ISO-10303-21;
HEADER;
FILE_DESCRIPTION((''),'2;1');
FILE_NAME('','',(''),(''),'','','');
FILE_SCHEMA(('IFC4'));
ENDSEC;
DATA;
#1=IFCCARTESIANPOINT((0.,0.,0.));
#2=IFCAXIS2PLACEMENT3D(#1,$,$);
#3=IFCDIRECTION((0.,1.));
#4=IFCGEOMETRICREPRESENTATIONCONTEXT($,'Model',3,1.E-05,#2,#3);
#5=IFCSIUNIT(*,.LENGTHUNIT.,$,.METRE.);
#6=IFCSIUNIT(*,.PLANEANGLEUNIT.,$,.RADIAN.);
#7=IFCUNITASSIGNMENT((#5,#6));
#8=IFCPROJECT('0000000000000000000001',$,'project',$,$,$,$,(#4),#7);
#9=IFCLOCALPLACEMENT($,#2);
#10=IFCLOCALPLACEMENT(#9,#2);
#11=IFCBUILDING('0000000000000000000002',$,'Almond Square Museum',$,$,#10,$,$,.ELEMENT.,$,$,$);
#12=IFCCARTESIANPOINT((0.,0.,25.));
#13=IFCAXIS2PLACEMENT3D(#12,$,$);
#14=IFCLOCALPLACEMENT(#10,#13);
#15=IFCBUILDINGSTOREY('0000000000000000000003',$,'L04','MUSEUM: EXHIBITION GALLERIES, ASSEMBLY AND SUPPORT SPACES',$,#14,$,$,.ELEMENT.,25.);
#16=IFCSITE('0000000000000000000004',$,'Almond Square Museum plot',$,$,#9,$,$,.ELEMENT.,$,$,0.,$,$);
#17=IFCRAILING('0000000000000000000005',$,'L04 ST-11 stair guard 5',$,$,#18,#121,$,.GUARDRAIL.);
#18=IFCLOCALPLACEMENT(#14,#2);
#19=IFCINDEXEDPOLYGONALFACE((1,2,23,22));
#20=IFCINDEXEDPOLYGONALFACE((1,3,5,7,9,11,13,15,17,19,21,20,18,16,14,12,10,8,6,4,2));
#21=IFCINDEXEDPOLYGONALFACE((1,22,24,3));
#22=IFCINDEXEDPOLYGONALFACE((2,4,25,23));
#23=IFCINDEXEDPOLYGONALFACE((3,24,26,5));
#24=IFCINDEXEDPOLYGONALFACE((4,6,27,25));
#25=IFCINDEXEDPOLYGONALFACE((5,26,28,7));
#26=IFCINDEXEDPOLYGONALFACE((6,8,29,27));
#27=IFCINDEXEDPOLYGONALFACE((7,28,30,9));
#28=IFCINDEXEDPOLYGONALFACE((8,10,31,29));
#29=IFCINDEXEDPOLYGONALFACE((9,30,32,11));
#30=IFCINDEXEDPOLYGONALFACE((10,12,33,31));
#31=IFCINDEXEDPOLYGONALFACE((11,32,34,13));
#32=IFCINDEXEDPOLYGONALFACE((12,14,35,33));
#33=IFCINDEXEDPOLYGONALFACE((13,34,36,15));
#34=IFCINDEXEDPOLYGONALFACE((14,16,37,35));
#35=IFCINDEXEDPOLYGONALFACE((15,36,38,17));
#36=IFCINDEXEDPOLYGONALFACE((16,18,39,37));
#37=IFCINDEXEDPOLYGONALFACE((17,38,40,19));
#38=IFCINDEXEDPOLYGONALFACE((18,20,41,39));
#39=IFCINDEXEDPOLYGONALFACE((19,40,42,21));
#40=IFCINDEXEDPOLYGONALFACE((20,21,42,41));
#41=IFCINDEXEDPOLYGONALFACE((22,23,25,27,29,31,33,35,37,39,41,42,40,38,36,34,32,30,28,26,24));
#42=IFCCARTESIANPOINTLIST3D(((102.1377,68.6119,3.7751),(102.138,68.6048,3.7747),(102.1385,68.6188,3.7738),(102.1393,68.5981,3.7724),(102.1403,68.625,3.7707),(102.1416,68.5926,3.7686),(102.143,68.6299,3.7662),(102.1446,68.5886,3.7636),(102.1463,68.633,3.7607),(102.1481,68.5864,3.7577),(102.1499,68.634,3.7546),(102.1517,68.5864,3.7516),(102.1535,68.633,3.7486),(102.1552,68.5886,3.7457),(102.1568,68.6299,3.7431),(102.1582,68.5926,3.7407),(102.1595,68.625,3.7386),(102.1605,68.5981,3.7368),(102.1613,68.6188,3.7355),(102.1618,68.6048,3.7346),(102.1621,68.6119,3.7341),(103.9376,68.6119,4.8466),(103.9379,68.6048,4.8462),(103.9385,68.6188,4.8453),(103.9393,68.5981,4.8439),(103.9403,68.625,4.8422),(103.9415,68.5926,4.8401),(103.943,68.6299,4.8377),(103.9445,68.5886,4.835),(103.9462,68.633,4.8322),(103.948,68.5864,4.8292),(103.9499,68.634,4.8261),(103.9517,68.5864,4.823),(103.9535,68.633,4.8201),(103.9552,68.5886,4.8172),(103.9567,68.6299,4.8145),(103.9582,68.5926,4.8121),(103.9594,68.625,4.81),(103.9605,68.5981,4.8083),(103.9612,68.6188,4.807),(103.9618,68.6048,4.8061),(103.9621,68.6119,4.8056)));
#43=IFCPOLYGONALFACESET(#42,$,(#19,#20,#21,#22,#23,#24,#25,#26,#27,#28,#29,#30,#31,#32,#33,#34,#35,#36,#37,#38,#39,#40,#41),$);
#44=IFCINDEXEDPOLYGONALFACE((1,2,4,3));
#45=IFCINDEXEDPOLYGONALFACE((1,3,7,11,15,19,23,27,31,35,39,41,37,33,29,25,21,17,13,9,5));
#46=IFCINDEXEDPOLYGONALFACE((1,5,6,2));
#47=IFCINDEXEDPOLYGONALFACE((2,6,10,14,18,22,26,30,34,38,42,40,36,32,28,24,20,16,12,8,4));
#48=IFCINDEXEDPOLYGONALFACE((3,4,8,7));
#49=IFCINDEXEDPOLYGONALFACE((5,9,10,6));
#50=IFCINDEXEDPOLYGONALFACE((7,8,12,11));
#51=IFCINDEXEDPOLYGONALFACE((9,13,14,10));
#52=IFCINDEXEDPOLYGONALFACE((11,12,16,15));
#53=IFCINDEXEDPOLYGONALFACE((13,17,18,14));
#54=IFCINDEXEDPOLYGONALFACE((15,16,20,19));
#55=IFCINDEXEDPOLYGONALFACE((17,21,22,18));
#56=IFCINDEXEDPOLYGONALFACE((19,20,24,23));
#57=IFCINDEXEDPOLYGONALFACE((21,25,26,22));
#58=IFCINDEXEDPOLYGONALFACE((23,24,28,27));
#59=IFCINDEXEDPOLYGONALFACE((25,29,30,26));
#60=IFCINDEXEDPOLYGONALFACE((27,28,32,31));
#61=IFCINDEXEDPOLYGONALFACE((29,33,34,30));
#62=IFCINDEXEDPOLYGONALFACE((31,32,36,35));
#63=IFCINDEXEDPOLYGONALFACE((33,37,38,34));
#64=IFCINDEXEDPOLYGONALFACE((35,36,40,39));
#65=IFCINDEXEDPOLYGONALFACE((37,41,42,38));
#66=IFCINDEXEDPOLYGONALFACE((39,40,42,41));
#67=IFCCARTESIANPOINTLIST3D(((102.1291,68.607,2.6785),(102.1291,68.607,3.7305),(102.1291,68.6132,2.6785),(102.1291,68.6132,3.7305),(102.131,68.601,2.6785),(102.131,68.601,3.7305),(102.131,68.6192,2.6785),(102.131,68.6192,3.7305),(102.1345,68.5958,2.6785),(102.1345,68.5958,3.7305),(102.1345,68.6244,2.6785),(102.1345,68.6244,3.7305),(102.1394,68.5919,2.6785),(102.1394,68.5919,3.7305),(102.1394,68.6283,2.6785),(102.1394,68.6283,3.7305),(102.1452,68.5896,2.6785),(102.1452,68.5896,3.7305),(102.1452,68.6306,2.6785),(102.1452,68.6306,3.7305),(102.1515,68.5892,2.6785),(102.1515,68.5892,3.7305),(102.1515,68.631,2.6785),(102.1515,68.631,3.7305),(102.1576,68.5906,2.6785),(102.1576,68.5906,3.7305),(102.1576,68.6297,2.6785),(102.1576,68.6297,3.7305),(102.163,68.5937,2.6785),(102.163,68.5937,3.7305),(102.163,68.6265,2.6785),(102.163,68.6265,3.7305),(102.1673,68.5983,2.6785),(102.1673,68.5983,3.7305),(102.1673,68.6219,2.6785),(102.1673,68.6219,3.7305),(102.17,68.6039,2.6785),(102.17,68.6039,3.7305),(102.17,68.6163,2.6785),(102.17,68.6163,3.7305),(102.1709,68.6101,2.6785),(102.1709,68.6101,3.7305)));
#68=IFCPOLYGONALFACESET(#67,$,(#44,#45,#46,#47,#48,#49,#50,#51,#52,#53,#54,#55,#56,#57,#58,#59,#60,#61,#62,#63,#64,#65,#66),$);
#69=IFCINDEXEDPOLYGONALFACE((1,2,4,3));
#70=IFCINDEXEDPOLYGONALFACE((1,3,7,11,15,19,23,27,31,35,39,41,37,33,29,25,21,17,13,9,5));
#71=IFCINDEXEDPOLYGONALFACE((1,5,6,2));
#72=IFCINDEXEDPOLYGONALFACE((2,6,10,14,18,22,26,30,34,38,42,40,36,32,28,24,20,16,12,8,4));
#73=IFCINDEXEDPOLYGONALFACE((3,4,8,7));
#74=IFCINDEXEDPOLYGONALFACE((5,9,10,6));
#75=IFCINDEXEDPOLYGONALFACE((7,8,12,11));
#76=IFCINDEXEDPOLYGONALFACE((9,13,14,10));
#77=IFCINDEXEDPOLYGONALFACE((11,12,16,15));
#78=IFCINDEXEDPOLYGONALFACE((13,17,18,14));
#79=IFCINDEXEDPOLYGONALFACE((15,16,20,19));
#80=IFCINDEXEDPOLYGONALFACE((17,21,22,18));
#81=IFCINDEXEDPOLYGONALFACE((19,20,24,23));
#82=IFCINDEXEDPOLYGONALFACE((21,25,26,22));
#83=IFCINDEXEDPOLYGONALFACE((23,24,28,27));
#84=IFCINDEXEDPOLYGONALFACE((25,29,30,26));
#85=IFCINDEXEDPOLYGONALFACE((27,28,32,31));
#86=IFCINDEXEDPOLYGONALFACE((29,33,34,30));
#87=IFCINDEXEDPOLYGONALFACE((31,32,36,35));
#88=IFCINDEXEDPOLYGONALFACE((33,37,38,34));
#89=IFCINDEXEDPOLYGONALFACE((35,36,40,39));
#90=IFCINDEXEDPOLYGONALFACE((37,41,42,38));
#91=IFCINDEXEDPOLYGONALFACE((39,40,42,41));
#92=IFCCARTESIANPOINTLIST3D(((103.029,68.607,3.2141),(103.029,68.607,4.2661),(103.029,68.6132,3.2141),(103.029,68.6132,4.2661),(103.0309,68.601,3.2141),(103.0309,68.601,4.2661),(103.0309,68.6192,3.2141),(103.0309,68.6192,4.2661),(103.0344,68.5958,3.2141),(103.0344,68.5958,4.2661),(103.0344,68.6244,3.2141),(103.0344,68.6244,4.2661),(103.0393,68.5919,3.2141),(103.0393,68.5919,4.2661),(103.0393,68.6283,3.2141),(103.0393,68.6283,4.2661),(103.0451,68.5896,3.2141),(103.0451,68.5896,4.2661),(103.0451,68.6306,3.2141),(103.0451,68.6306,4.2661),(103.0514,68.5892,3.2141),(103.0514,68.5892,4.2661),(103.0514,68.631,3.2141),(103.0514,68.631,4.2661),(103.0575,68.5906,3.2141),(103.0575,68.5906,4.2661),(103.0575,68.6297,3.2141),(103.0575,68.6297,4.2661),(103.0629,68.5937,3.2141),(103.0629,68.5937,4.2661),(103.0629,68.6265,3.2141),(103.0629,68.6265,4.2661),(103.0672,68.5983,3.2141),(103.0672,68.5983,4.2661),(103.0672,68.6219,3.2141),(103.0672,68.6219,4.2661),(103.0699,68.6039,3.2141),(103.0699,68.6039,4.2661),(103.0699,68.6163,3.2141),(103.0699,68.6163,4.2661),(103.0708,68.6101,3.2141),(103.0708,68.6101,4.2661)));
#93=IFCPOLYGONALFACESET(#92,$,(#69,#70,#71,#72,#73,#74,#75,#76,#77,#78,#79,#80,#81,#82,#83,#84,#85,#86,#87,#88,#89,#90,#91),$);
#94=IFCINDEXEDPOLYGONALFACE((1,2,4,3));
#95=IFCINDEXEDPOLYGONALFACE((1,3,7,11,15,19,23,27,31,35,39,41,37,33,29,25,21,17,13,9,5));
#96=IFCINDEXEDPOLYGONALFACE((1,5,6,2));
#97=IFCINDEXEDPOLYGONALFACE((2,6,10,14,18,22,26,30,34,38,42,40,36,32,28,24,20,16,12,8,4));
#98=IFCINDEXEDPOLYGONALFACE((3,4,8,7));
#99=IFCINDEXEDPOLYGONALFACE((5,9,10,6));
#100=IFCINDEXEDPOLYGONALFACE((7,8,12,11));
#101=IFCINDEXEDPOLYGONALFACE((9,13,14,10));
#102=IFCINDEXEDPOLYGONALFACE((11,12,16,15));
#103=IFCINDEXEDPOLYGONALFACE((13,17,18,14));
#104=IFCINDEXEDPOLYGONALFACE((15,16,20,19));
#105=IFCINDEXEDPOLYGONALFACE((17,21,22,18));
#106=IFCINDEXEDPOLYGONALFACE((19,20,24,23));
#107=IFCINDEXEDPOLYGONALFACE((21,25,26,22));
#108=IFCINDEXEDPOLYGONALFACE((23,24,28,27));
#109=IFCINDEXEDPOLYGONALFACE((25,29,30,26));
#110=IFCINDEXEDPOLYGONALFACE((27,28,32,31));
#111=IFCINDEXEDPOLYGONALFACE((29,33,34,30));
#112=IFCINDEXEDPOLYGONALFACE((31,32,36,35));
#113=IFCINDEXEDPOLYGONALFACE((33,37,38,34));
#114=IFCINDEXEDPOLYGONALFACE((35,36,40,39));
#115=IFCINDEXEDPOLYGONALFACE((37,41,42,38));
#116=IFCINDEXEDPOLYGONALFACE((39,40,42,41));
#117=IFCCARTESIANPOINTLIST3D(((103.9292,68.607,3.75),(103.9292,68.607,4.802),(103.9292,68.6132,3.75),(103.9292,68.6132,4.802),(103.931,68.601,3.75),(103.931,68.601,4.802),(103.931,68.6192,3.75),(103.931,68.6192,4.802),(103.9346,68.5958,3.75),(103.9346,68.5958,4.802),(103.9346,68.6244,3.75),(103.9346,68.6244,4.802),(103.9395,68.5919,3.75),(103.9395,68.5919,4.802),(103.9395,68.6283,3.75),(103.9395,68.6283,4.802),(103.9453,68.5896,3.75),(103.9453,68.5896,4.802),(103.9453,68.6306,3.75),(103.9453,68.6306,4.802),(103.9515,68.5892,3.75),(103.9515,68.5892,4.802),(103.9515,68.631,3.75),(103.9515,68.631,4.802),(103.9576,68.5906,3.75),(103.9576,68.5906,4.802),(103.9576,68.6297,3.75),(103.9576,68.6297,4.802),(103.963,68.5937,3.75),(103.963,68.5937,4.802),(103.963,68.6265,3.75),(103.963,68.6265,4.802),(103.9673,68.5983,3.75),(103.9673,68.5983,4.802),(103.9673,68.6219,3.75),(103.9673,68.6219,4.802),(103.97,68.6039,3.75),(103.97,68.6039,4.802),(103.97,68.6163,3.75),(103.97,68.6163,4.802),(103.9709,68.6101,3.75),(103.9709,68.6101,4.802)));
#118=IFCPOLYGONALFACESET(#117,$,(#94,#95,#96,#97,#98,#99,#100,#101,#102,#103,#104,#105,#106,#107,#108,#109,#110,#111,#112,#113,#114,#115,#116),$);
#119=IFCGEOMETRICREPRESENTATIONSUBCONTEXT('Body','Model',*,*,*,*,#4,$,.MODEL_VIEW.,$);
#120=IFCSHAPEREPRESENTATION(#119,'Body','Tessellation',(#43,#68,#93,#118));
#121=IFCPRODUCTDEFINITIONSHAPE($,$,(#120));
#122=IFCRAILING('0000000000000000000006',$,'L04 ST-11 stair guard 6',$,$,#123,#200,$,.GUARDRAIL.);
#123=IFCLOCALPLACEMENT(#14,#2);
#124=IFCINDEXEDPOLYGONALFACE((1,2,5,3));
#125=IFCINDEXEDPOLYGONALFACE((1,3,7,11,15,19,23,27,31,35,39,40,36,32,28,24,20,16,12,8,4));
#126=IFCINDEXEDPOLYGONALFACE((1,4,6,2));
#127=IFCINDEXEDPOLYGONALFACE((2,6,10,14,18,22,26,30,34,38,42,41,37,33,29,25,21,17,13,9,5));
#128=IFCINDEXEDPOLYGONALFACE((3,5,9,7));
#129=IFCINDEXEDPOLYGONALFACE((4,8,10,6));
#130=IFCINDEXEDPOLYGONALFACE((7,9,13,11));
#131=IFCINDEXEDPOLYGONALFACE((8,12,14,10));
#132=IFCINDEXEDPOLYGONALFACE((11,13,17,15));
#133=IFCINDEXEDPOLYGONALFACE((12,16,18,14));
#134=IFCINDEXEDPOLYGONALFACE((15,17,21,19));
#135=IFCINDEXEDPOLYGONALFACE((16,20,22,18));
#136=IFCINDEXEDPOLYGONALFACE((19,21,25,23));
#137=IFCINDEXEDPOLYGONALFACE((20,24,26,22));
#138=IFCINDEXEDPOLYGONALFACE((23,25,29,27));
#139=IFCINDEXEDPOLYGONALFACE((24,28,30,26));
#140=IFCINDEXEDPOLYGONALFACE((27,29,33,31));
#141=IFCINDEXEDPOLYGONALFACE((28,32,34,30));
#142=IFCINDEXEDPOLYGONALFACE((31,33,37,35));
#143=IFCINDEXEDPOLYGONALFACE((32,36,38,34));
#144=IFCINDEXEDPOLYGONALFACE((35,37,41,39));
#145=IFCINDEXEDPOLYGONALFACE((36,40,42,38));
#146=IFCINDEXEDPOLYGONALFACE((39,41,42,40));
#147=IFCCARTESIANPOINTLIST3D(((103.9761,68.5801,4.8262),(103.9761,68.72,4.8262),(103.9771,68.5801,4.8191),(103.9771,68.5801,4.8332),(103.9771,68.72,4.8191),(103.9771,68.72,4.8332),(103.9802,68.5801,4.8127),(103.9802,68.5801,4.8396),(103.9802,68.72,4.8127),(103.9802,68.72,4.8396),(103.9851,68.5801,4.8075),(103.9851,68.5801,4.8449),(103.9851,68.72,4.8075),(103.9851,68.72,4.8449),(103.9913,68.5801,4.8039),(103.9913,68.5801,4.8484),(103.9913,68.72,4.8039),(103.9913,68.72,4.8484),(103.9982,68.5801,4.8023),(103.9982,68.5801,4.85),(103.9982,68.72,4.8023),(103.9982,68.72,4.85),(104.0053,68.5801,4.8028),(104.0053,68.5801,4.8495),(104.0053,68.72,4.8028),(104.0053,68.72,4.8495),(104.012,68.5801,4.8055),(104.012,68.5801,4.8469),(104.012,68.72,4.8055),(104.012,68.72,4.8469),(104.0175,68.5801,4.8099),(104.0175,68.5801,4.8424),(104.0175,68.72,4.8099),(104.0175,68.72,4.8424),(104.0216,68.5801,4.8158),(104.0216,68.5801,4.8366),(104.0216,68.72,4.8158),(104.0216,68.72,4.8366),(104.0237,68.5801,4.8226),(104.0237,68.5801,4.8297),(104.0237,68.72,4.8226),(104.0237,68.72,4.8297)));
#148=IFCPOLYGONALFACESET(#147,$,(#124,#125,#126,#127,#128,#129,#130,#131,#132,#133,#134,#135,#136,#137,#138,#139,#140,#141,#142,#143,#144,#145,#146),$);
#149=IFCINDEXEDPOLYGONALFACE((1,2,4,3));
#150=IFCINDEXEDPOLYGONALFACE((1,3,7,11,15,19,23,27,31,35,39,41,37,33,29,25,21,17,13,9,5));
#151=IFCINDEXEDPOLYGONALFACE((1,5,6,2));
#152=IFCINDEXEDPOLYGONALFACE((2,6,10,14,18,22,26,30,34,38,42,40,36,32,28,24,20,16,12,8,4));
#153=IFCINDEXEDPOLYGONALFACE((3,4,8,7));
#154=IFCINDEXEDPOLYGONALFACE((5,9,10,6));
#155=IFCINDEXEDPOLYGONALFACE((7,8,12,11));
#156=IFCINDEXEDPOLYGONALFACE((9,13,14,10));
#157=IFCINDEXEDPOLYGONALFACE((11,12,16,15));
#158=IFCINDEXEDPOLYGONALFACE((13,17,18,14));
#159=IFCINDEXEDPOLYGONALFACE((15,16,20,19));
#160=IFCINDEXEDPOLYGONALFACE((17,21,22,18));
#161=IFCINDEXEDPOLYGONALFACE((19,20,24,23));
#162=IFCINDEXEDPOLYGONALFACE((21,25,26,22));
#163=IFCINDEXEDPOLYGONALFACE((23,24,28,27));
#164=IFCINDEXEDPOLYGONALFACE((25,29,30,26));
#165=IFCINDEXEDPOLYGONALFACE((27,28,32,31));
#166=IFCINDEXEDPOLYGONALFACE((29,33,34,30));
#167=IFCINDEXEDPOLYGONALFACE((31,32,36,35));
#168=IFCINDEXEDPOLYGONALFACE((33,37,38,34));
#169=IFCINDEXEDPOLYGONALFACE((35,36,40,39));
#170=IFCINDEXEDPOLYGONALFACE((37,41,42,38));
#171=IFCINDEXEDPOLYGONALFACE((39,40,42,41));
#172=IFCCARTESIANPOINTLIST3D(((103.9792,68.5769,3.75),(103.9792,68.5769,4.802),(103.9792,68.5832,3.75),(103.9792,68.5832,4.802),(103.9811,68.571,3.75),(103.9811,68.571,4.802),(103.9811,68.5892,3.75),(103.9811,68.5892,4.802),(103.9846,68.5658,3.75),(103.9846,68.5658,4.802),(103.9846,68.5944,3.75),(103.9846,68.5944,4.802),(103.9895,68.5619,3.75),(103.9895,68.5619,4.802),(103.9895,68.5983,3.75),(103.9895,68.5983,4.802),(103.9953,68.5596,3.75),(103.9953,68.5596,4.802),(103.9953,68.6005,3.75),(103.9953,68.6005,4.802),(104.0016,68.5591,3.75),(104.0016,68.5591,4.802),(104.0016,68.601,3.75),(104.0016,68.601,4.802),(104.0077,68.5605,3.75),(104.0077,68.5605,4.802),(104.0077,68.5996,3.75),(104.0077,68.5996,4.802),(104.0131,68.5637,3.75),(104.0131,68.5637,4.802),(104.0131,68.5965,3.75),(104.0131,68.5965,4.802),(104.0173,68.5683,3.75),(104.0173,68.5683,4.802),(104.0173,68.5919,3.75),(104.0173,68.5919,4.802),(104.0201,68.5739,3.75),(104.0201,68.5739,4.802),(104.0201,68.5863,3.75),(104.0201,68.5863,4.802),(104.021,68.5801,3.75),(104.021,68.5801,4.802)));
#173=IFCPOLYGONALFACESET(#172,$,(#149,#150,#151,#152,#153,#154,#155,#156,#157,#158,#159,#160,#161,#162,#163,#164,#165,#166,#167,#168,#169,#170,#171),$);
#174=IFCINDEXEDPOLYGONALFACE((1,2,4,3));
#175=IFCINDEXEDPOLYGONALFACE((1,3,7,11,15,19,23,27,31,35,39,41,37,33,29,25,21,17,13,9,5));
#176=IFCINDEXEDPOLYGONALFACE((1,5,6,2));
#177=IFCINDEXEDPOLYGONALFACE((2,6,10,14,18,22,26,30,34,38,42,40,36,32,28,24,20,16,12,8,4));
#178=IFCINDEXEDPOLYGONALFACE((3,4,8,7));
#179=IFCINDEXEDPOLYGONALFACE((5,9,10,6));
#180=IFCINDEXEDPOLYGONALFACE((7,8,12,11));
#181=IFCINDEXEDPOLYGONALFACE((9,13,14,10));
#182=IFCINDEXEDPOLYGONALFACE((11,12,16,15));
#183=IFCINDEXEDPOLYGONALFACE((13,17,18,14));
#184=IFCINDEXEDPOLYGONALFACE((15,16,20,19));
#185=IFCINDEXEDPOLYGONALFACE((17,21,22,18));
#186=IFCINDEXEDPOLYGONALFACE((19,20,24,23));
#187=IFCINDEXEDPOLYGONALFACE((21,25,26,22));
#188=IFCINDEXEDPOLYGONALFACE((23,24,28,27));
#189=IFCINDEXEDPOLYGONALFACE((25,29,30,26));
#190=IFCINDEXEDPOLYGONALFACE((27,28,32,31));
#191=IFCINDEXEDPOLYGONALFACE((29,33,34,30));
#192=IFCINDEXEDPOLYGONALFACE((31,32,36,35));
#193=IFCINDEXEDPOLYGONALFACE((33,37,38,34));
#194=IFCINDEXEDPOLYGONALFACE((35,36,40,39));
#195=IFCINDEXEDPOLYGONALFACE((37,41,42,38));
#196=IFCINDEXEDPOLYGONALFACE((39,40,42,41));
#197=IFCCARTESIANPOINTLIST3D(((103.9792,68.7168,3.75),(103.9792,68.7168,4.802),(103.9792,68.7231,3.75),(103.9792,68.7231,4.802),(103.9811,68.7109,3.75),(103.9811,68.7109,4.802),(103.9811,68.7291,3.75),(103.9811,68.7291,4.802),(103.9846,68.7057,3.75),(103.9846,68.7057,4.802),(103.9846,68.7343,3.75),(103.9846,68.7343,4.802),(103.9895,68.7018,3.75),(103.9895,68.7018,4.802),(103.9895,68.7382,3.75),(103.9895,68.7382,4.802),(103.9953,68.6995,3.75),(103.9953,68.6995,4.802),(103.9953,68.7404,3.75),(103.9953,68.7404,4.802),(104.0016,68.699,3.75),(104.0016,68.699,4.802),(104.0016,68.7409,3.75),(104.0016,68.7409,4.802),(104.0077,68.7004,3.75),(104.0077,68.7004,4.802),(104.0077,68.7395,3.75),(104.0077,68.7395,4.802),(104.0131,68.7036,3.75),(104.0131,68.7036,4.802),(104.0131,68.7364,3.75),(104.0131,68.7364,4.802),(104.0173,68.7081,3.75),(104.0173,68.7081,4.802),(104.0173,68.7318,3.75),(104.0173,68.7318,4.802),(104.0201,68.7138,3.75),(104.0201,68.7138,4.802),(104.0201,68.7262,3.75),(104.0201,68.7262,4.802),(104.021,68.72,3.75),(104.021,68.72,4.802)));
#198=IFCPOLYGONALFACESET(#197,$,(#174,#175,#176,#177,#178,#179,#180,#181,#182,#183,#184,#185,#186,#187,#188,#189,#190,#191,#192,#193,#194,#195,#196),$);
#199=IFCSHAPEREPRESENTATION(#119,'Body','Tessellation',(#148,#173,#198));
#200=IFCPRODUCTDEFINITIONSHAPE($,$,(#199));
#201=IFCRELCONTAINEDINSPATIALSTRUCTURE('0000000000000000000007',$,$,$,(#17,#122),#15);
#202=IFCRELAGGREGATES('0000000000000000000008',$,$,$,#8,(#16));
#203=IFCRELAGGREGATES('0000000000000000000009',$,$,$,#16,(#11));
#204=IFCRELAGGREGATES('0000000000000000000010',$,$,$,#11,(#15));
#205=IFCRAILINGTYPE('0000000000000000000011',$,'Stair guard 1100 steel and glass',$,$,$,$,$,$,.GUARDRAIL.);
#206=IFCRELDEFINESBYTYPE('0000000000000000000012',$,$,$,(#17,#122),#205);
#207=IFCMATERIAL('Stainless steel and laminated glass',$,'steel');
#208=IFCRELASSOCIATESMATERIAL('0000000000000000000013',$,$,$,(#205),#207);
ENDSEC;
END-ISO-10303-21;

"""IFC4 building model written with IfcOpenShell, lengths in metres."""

from ifc_helpers import new_model, si_unit, direction, frame, origin, origin_2d, place, context, subcontext, project, spatial, circle, extrude, material, type_object, element, save


model = new_model("IFC4")

# Units and contexts
model_context = context("Model", 3, precision=1e-05, world=origin(), true_north=direction((0.0, 1.0)))
body_context = subcontext(model_context, "Body", "Model", "MODEL_VIEW")
ifc_project = project(units=[si_unit("LENGTHUNIT", "METRE"), si_unit("PLANEANGLEUNIT", "RADIAN")], contexts=[model_context])

# Site, building, storey
site_placement = place(None, origin())
site = spatial("IfcSite", under=ifc_project, at=site_placement, Name="Almond Square Museum plot", CompositionType="ELEMENT", RefElevation=0.0)
building_placement = place(site_placement, origin())
building = spatial("IfcBuilding", under=site, at=building_placement, Name="Almond Square Museum", CompositionType="ELEMENT")
storey_placement = place(building_placement, frame((0.0, 0.0, 25.0)))
storey = spatial("IfcBuildingStorey", under=building, at=storey_placement, Name="L04", Description="MUSEUM: EXHIBITION GALLERIES, ASSEMBLY AND SUPPORT SPACES", CompositionType="ELEMENT", Elevation=25.0)

# Railings
ifc_material_1 = material(Name="Stainless steel and laminated glass", Category="steel")
railing_type_1 = type_object("IfcRailingType", Name="Stair guard 1100 steel and glass", PredefinedType="GUARDRAIL", material=ifc_material_1)
railing_1_placement = place(storey_placement, frame((102.1499, 68.6101, 2.6785)))
element("IfcRailing", 1, at=railing_1_placement, inside=storey, type_object=railing_type_1, Name="L04 ST-11 stair guard 5", PredefinedType="GUARDRAIL", context=body_context, shape_type="SweptSolid", body=[
    extrude(circle(Radius=0.0239, at=origin_2d()), frame((0.0, 0.0, 1.0762), z_axis=(0.859277, 0.0, 0.51151), x_axis=(0.0, 1.0, 0.0)), (0.0, 0.0, 1.0), 2.0947),
    extrude(circle(Radius=0.021, at=origin_2d()), origin(), (0.0, 0.0, 1.0), 1.052),
    extrude(circle(Radius=0.021, at=origin_2d()), frame((0.8999, 0.0, 0.5356)), (0.0, 0.0, 1.0), 1.052),
    extrude(circle(Radius=0.021, at=origin_2d()), frame((1.8, 0.0, 1.0715)), (0.0, 0.0, 1.0), 1.052),
])
railing_2_placement = place(storey_placement, frame((104.0, 68.5801, 3.75)))
element("IfcRailing", 2, at=railing_2_placement, inside=storey, type_object=railing_type_1, Name="L04 ST-11 stair guard 6", PredefinedType="GUARDRAIL", context=body_context, shape_type="SweptSolid", body=[
    extrude(circle(Radius=0.0239, at=origin_2d()), frame((0.0, 0.0, 1.0762), z_axis=(0.0, 1.0, 0.0), x_axis=(-1.0, 0.0, 0.0)), (0.0, 0.0, 1.0), 0.1399),
    extrude(circle(Radius=0.021, at=origin_2d()), origin(), (0.0, 0.0, 1.0), 1.052),
    extrude(circle(Radius=0.021, at=origin_2d()), frame((0.0, 0.1399, 0.0)), (0.0, 0.0, 1.0), 1.052),
])

save(model, "model.ifc")
